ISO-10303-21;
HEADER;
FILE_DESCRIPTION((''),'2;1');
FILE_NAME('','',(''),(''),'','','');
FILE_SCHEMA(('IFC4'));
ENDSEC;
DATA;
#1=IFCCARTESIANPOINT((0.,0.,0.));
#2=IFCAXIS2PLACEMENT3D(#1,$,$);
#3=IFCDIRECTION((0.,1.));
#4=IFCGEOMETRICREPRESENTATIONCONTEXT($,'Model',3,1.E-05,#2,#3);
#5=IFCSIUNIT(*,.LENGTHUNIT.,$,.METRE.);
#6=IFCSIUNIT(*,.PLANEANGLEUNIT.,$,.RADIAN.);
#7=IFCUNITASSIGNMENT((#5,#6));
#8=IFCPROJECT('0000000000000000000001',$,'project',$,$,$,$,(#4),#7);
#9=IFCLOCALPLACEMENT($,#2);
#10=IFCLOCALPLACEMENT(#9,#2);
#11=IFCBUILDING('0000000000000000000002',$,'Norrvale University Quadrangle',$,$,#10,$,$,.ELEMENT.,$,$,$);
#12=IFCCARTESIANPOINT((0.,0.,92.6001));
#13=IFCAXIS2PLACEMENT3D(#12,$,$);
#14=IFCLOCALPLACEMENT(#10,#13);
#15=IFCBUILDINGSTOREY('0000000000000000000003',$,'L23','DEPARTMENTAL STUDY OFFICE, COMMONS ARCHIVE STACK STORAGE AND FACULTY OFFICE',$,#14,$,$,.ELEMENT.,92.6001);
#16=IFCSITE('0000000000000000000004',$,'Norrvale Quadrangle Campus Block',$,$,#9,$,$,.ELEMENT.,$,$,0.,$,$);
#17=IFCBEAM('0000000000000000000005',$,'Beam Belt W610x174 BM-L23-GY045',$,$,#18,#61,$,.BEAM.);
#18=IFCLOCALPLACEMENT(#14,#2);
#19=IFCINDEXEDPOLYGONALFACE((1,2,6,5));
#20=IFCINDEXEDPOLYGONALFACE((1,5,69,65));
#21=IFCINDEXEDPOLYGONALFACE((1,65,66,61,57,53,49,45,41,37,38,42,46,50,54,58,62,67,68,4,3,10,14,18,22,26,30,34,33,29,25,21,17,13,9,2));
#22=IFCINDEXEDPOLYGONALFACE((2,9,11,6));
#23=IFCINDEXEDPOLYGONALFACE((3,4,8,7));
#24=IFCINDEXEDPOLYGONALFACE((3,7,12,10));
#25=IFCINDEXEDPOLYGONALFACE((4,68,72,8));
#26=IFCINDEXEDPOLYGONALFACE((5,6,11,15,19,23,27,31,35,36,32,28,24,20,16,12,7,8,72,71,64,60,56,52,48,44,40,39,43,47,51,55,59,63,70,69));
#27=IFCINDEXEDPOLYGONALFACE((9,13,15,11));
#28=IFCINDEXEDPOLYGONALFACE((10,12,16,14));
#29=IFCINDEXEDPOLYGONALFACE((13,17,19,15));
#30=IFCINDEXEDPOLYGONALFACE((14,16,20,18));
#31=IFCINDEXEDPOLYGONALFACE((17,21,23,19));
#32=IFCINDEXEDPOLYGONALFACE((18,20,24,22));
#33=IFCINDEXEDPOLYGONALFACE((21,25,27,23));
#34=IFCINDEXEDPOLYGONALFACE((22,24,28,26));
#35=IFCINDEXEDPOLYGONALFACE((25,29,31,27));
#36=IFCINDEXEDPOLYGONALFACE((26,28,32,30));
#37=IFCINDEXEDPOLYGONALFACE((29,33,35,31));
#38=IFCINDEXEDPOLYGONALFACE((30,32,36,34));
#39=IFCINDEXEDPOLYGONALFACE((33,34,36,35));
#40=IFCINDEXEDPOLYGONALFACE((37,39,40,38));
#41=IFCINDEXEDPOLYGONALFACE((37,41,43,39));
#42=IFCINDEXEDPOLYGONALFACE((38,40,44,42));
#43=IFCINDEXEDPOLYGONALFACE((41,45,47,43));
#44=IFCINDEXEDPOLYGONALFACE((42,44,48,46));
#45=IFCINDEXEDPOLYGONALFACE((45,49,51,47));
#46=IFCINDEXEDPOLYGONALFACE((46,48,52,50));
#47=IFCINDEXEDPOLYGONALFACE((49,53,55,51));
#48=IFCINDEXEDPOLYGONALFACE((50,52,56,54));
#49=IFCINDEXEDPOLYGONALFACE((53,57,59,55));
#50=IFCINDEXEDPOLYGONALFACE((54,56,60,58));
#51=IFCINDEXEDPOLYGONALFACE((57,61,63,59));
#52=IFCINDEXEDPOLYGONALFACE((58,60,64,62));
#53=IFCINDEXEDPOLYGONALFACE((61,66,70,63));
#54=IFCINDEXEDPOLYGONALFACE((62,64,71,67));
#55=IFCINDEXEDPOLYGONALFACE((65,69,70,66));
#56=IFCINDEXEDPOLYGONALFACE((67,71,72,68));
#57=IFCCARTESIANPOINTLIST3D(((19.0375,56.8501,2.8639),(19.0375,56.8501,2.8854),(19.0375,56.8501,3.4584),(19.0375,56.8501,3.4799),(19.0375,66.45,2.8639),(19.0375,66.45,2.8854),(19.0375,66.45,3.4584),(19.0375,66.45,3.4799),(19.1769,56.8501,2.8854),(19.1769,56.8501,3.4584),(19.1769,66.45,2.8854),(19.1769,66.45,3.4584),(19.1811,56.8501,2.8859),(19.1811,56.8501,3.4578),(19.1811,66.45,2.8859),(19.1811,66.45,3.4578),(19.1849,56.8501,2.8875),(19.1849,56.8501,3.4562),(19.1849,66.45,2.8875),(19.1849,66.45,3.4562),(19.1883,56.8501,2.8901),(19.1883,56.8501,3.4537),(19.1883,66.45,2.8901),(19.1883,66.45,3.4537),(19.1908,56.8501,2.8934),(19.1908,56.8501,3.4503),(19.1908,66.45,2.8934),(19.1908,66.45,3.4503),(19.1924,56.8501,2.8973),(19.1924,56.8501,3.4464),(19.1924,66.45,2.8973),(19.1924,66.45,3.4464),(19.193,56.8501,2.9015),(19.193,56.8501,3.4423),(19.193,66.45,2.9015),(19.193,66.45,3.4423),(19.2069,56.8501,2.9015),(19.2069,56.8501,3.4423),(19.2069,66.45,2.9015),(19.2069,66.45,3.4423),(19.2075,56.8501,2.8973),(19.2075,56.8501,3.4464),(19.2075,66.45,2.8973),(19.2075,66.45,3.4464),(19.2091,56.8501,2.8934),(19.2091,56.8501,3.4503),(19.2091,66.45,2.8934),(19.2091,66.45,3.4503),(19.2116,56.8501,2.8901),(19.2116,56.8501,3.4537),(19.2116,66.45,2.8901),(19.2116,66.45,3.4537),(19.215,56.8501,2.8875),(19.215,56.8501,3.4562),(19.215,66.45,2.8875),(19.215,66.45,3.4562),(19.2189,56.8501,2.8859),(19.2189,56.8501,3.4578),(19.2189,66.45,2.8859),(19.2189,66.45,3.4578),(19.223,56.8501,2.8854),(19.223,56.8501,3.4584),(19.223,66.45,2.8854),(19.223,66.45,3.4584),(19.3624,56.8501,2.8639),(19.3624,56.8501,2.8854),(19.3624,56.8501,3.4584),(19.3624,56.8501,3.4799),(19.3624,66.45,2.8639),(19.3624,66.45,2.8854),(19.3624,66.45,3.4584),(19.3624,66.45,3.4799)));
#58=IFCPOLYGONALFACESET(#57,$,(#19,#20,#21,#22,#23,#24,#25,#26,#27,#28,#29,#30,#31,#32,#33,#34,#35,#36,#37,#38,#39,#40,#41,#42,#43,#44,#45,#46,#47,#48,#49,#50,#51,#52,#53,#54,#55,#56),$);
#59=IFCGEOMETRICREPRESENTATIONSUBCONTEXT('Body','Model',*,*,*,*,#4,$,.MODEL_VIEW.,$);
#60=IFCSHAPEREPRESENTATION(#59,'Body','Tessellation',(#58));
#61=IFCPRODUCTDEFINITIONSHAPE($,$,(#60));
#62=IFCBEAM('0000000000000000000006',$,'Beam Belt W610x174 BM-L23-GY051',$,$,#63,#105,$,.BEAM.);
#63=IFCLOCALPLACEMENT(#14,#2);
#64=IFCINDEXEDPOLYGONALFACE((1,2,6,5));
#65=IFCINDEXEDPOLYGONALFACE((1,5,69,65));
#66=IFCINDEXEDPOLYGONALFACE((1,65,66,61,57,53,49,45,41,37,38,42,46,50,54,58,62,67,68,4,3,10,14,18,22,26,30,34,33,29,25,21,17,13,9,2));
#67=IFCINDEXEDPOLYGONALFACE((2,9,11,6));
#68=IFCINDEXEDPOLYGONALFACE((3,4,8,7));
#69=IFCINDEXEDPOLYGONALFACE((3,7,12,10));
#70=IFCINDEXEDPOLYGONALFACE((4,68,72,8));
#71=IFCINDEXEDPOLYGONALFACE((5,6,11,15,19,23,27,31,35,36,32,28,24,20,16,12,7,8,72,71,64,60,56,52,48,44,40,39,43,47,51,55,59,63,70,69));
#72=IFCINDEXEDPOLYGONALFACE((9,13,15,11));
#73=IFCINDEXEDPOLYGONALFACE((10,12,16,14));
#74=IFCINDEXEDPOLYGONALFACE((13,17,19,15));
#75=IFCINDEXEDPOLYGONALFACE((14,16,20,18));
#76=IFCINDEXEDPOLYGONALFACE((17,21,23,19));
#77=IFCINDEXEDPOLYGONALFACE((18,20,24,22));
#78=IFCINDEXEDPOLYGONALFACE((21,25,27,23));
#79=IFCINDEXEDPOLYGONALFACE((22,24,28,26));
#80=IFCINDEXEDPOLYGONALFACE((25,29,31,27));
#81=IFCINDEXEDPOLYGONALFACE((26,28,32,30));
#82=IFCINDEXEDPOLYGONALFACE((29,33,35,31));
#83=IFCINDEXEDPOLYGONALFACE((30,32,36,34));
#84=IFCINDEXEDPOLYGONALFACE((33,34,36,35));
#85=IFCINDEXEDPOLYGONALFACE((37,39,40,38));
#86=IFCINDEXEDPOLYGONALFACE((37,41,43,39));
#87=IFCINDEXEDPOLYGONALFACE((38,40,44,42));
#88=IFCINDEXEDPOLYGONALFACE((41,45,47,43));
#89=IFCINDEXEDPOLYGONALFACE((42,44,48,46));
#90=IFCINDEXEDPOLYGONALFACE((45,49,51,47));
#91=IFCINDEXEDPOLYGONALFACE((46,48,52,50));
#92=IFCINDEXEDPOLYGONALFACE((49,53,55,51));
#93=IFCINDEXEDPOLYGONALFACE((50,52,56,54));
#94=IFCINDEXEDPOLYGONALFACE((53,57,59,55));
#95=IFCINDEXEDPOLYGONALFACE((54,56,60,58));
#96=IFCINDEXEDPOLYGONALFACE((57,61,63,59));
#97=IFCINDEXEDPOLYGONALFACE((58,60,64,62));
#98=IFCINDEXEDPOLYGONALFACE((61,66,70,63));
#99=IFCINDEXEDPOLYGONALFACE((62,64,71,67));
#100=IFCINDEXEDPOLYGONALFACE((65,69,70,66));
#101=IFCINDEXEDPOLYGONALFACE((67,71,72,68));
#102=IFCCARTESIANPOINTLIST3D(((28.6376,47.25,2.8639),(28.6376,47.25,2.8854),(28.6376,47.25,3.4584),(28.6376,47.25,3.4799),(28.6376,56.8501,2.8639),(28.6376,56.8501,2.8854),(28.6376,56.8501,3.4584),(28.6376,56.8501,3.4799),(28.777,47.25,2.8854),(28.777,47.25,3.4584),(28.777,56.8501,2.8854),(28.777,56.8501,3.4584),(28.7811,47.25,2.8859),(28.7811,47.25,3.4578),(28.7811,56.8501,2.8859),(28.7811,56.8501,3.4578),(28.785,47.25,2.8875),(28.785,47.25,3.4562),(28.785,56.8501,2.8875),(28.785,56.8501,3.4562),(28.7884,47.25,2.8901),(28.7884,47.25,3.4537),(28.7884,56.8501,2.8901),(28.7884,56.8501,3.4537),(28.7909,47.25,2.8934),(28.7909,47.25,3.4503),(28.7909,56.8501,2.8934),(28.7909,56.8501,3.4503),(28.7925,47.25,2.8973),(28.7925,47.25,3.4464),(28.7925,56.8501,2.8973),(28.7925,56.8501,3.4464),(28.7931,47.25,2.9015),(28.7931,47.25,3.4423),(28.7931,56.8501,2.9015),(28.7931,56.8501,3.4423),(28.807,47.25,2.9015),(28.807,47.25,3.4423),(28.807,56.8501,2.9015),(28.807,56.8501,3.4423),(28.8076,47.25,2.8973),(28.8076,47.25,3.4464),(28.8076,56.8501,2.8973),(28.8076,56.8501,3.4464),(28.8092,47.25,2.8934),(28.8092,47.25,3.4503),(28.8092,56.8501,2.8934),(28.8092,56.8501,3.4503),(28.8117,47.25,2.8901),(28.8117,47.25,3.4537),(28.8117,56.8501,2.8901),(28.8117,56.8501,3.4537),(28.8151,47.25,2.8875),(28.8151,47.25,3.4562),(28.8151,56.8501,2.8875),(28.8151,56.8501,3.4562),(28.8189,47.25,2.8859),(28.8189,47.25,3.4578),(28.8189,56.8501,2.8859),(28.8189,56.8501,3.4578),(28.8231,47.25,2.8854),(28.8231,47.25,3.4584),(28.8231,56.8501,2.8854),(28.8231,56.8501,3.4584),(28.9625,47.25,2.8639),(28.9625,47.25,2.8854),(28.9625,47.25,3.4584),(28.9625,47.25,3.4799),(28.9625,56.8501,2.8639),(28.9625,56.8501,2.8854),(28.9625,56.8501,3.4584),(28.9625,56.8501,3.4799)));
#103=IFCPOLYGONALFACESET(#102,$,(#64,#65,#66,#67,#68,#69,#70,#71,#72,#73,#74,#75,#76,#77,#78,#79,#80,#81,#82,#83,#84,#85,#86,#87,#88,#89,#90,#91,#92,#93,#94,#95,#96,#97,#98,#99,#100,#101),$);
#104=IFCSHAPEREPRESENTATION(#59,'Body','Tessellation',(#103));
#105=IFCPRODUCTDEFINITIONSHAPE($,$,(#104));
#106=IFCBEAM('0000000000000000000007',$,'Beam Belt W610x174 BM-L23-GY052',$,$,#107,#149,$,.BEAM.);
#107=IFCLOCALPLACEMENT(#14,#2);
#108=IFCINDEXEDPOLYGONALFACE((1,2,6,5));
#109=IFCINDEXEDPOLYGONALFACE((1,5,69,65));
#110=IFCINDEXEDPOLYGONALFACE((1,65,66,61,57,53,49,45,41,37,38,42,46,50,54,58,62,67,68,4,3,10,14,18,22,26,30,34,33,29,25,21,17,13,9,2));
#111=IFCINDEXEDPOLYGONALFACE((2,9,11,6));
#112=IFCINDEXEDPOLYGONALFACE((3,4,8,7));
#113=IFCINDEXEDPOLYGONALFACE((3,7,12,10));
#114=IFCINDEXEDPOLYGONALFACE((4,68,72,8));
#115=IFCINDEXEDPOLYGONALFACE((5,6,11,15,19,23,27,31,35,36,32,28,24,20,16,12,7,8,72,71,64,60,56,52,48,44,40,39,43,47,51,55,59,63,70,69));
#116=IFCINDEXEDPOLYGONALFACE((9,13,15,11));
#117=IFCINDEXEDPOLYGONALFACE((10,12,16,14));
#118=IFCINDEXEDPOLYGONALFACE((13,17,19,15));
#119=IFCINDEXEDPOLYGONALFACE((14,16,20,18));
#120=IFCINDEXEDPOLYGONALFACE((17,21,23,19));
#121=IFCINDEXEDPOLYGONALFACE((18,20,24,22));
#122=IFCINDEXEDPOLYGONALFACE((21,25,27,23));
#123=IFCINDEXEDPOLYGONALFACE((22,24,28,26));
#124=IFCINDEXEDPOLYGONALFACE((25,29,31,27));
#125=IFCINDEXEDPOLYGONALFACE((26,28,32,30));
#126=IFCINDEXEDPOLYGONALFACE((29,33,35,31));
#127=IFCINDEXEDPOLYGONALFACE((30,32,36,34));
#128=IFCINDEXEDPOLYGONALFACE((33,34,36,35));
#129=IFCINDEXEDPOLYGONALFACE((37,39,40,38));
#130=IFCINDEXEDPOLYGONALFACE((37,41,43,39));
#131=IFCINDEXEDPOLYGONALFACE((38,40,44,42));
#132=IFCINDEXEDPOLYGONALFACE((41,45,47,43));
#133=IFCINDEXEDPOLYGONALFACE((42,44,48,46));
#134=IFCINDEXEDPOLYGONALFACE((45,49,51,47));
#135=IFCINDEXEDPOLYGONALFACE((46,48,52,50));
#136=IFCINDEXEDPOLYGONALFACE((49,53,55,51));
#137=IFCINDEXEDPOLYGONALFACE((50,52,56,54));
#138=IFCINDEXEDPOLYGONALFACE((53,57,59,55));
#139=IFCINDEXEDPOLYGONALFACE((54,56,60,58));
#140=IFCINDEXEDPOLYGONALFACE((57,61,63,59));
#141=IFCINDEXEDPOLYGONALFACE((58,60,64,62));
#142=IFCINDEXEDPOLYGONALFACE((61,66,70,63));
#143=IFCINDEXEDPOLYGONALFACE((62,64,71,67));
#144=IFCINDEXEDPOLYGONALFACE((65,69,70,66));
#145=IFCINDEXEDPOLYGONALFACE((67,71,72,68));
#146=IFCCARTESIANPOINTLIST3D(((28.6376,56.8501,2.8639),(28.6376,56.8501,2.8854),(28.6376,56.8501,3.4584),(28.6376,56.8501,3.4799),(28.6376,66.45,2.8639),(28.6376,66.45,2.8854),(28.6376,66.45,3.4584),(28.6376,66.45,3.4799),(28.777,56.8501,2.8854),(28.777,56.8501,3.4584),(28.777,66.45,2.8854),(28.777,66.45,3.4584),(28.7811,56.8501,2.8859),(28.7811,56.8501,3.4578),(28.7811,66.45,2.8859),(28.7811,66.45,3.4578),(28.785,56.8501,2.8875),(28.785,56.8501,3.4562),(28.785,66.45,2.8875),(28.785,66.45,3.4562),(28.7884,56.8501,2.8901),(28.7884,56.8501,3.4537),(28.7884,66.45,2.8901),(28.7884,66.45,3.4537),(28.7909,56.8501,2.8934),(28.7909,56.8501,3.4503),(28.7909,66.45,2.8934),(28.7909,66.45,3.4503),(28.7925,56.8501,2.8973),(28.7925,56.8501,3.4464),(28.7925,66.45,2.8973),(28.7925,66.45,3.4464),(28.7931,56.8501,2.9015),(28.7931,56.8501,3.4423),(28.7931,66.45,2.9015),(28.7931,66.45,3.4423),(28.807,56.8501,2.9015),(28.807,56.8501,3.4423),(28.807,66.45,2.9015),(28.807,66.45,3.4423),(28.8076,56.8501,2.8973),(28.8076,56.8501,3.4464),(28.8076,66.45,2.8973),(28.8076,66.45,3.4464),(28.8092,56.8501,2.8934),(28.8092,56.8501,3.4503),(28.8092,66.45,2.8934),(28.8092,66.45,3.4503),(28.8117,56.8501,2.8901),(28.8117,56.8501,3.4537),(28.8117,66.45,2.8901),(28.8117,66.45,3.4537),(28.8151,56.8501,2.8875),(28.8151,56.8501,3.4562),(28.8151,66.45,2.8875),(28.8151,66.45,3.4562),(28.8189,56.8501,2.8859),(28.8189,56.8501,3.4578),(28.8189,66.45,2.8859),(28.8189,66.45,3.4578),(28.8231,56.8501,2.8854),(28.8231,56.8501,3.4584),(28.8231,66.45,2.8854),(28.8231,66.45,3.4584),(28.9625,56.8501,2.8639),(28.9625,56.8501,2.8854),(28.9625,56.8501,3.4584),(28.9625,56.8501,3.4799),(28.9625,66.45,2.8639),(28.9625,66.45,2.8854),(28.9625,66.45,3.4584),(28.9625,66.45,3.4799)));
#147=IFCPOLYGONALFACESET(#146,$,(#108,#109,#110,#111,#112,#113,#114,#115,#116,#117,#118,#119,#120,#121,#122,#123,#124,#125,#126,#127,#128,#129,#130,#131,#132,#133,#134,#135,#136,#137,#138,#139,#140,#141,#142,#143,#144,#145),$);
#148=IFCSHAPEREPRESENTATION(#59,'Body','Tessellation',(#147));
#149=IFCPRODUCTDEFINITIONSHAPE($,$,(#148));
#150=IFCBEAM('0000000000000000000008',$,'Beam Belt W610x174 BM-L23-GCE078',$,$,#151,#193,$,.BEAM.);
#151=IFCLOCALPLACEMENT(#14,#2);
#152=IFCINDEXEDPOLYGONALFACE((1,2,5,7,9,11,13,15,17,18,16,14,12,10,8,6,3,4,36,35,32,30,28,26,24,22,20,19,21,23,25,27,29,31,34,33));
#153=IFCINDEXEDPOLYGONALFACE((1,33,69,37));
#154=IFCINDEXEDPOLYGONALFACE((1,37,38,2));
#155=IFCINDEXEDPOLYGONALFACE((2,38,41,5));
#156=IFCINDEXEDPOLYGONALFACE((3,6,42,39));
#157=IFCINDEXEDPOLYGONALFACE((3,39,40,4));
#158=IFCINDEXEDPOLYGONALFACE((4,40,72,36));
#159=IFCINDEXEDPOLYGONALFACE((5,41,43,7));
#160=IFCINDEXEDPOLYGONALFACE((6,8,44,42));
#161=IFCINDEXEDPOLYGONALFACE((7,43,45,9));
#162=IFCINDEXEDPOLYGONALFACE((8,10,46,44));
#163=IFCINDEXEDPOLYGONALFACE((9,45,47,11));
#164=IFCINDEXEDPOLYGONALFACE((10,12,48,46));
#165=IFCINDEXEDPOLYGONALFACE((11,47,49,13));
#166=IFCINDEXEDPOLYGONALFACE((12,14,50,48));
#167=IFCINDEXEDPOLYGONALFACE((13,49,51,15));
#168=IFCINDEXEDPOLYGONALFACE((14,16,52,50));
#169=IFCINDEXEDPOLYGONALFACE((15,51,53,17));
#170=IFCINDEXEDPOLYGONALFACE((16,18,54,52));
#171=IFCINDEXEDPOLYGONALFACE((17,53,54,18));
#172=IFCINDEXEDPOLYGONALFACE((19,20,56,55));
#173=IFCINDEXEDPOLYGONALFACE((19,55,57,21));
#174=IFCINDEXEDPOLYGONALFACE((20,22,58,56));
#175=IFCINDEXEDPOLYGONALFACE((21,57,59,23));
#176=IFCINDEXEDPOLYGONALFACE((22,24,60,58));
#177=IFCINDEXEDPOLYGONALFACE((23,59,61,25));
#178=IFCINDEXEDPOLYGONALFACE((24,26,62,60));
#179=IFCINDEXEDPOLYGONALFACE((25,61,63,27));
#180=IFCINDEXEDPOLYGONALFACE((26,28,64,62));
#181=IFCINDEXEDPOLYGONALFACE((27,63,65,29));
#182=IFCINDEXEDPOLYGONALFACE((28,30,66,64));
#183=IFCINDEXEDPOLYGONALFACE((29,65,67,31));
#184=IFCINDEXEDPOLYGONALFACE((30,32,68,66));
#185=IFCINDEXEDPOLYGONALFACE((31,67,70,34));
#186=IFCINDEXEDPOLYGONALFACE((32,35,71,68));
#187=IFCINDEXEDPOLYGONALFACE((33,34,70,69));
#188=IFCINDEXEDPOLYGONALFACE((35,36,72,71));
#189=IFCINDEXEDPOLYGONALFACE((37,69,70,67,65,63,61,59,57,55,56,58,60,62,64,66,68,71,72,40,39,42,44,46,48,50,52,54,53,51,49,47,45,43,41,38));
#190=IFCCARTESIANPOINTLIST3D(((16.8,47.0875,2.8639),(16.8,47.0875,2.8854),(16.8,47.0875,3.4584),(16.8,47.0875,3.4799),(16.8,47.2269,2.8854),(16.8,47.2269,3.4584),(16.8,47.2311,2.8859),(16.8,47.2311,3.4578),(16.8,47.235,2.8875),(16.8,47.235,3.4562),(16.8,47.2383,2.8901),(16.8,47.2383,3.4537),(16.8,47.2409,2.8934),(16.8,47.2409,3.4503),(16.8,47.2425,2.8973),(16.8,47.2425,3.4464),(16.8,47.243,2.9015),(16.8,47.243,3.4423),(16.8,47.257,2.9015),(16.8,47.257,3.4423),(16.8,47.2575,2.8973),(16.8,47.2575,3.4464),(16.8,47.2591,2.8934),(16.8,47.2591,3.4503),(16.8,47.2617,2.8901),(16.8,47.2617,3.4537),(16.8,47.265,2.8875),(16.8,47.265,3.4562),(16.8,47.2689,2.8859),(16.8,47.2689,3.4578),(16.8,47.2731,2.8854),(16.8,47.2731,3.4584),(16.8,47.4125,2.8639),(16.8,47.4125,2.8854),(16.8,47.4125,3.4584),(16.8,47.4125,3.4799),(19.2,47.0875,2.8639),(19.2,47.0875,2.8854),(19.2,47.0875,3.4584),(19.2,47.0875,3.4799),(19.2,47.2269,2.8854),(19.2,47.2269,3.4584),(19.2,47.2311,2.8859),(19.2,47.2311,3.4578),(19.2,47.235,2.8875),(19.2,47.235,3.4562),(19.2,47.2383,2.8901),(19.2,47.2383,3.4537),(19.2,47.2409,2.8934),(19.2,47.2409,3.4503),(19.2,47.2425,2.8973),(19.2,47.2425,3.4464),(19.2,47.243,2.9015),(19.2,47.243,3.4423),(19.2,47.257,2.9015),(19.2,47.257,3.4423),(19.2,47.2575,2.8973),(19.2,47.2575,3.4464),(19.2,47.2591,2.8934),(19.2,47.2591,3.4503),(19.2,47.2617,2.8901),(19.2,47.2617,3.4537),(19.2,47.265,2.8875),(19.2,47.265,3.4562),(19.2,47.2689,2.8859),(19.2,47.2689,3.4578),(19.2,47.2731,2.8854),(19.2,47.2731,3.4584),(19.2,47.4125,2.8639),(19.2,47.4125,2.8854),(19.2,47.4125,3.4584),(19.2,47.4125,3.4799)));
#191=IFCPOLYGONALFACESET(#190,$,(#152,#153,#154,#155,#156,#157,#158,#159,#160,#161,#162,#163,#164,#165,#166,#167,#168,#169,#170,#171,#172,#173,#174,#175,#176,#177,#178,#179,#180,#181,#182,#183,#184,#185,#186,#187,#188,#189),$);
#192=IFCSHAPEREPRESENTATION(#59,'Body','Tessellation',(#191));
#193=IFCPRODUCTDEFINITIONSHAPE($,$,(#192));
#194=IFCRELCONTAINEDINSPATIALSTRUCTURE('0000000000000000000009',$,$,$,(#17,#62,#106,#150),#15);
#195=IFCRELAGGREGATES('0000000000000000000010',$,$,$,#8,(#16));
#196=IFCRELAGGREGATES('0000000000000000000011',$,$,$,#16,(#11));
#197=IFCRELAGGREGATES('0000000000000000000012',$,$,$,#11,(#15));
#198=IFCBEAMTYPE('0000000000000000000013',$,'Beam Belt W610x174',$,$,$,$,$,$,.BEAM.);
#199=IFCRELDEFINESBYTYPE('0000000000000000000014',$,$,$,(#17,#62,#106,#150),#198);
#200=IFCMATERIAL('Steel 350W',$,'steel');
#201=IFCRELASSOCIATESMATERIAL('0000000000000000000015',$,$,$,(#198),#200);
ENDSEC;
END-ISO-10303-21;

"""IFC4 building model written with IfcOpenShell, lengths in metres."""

from ifc_helpers import new_model, si_unit, direction, frame, origin, origin_2d, place, context, subcontext, project, spatial, i_section, extrude, material, material_profile, profile_set, type_object, element, save


model = new_model("IFC4")

# Units and contexts
model_context = context("Model", 3, precision=1e-05, world=origin(), true_north=direction((0.0, 1.0)))
body_context = subcontext(model_context, "Body", "Model", "MODEL_VIEW")
ifc_project = project(units=[si_unit("LENGTHUNIT", "METRE"), si_unit("PLANEANGLEUNIT", "RADIAN")], contexts=[model_context])

# Site, building, storey
site_placement = place(None, origin())
site = spatial("IfcSite", under=ifc_project, at=site_placement, Name="Norrvale Quadrangle Campus Block", CompositionType="ELEMENT", RefElevation=0.0)
building_placement = place(site_placement, origin())
building = spatial("IfcBuilding", under=site, at=building_placement, Name="Norrvale University Quadrangle", CompositionType="ELEMENT")
storey_placement = place(building_placement, frame((0.0, 0.0, 92.6001)))
storey = spatial("IfcBuildingStorey", under=building, at=storey_placement, Name="L23", Description="DEPARTMENTAL STUDY OFFICE, COMMONS ARCHIVE STACK STORAGE AND FACULTY OFFICE", CompositionType="ELEMENT", Elevation=92.6001)

# Beams
ifc_material_1 = material(Name="Steel 350W", Category="steel")
ifc_material_profile_1 = material_profile(ifc_material_1, i_section(OverallWidth=0.325, OverallDepth=0.616, WebThickness=0.0139, FlangeThickness=0.0215, FilletRadius=0.0161, at=origin_2d()), Name="Steel 350W")
ifc_profile_set_1 = profile_set([ifc_material_profile_1], Name="Steel 350W")
beam_type_1 = type_object("IfcBeamType", Name="Beam Belt W610x174", PredefinedType="BEAM", material=ifc_profile_set_1)
beam_1_placement = place(storey_placement, frame((19.2, 56.8501, 3.1719), z_axis=(0.0, 1.0, 0.0), x_axis=(-1.0, 0.0, 0.0)))
element("IfcBeam", 1, at=beam_1_placement, inside=storey, type_object=beam_type_1, Name="Beam Belt W610x174 BM-L23-GY045", PredefinedType="BEAM", context=body_context, shape_type="SweptSolid", body=[
    extrude(i_section(OverallWidth=0.325, OverallDepth=0.616, WebThickness=0.0139, FlangeThickness=0.0215, FilletRadius=0.0161, at=origin_2d()), origin(), (0.0, 0.0, 1.0), 9.5999),
])
beam_2_placement = place(storey_placement, frame((28.8, 47.25, 3.1719), z_axis=(0.0, 1.0, 0.0), x_axis=(-1.0, 0.0, 0.0)))
element("IfcBeam", 2, at=beam_2_placement, inside=storey, type_object=beam_type_1, Name="Beam Belt W610x174 BM-L23-GY051", PredefinedType="BEAM", context=body_context, shape_type="SweptSolid", body=[
    extrude(i_section(OverallWidth=0.325, OverallDepth=0.616, WebThickness=0.0139, FlangeThickness=0.0215, FilletRadius=0.0161, at=origin_2d()), origin(), (0.0, 0.0, 1.0), 9.6001),
])
beam_3_placement = place(storey_placement, frame((28.8, 56.8501, 3.1719), z_axis=(0.0, 1.0, 0.0), x_axis=(-1.0, 0.0, 0.0)))
element("IfcBeam", 3, at=beam_3_placement, inside=storey, type_object=beam_type_1, Name="Beam Belt W610x174 BM-L23-GY052", PredefinedType="BEAM", context=body_context, shape_type="SweptSolid", body=[
    extrude(i_section(OverallWidth=0.325, OverallDepth=0.616, WebThickness=0.0139, FlangeThickness=0.0215, FilletRadius=0.0161, at=origin_2d()), origin(), (0.0, 0.0, 1.0), 9.5999),
])
beam_4_placement = place(storey_placement, frame((16.8, 47.25, 3.1719), z_axis=(1.0, 0.0, 0.0), x_axis=(0.0, 1.0, 0.0)))
element("IfcBeam", 4, at=beam_4_placement, inside=storey, type_object=beam_type_1, Name="Beam Belt W610x174 BM-L23-GCE078", PredefinedType="BEAM", context=body_context, shape_type="SweptSolid", body=[
    extrude(i_section(OverallWidth=0.325, OverallDepth=0.616, WebThickness=0.0139, FlangeThickness=0.0215, FilletRadius=0.0161, at=origin_2d()), origin(), (0.0, 0.0, 1.0), 2.3999),
])

save(model, "model.ifc")
